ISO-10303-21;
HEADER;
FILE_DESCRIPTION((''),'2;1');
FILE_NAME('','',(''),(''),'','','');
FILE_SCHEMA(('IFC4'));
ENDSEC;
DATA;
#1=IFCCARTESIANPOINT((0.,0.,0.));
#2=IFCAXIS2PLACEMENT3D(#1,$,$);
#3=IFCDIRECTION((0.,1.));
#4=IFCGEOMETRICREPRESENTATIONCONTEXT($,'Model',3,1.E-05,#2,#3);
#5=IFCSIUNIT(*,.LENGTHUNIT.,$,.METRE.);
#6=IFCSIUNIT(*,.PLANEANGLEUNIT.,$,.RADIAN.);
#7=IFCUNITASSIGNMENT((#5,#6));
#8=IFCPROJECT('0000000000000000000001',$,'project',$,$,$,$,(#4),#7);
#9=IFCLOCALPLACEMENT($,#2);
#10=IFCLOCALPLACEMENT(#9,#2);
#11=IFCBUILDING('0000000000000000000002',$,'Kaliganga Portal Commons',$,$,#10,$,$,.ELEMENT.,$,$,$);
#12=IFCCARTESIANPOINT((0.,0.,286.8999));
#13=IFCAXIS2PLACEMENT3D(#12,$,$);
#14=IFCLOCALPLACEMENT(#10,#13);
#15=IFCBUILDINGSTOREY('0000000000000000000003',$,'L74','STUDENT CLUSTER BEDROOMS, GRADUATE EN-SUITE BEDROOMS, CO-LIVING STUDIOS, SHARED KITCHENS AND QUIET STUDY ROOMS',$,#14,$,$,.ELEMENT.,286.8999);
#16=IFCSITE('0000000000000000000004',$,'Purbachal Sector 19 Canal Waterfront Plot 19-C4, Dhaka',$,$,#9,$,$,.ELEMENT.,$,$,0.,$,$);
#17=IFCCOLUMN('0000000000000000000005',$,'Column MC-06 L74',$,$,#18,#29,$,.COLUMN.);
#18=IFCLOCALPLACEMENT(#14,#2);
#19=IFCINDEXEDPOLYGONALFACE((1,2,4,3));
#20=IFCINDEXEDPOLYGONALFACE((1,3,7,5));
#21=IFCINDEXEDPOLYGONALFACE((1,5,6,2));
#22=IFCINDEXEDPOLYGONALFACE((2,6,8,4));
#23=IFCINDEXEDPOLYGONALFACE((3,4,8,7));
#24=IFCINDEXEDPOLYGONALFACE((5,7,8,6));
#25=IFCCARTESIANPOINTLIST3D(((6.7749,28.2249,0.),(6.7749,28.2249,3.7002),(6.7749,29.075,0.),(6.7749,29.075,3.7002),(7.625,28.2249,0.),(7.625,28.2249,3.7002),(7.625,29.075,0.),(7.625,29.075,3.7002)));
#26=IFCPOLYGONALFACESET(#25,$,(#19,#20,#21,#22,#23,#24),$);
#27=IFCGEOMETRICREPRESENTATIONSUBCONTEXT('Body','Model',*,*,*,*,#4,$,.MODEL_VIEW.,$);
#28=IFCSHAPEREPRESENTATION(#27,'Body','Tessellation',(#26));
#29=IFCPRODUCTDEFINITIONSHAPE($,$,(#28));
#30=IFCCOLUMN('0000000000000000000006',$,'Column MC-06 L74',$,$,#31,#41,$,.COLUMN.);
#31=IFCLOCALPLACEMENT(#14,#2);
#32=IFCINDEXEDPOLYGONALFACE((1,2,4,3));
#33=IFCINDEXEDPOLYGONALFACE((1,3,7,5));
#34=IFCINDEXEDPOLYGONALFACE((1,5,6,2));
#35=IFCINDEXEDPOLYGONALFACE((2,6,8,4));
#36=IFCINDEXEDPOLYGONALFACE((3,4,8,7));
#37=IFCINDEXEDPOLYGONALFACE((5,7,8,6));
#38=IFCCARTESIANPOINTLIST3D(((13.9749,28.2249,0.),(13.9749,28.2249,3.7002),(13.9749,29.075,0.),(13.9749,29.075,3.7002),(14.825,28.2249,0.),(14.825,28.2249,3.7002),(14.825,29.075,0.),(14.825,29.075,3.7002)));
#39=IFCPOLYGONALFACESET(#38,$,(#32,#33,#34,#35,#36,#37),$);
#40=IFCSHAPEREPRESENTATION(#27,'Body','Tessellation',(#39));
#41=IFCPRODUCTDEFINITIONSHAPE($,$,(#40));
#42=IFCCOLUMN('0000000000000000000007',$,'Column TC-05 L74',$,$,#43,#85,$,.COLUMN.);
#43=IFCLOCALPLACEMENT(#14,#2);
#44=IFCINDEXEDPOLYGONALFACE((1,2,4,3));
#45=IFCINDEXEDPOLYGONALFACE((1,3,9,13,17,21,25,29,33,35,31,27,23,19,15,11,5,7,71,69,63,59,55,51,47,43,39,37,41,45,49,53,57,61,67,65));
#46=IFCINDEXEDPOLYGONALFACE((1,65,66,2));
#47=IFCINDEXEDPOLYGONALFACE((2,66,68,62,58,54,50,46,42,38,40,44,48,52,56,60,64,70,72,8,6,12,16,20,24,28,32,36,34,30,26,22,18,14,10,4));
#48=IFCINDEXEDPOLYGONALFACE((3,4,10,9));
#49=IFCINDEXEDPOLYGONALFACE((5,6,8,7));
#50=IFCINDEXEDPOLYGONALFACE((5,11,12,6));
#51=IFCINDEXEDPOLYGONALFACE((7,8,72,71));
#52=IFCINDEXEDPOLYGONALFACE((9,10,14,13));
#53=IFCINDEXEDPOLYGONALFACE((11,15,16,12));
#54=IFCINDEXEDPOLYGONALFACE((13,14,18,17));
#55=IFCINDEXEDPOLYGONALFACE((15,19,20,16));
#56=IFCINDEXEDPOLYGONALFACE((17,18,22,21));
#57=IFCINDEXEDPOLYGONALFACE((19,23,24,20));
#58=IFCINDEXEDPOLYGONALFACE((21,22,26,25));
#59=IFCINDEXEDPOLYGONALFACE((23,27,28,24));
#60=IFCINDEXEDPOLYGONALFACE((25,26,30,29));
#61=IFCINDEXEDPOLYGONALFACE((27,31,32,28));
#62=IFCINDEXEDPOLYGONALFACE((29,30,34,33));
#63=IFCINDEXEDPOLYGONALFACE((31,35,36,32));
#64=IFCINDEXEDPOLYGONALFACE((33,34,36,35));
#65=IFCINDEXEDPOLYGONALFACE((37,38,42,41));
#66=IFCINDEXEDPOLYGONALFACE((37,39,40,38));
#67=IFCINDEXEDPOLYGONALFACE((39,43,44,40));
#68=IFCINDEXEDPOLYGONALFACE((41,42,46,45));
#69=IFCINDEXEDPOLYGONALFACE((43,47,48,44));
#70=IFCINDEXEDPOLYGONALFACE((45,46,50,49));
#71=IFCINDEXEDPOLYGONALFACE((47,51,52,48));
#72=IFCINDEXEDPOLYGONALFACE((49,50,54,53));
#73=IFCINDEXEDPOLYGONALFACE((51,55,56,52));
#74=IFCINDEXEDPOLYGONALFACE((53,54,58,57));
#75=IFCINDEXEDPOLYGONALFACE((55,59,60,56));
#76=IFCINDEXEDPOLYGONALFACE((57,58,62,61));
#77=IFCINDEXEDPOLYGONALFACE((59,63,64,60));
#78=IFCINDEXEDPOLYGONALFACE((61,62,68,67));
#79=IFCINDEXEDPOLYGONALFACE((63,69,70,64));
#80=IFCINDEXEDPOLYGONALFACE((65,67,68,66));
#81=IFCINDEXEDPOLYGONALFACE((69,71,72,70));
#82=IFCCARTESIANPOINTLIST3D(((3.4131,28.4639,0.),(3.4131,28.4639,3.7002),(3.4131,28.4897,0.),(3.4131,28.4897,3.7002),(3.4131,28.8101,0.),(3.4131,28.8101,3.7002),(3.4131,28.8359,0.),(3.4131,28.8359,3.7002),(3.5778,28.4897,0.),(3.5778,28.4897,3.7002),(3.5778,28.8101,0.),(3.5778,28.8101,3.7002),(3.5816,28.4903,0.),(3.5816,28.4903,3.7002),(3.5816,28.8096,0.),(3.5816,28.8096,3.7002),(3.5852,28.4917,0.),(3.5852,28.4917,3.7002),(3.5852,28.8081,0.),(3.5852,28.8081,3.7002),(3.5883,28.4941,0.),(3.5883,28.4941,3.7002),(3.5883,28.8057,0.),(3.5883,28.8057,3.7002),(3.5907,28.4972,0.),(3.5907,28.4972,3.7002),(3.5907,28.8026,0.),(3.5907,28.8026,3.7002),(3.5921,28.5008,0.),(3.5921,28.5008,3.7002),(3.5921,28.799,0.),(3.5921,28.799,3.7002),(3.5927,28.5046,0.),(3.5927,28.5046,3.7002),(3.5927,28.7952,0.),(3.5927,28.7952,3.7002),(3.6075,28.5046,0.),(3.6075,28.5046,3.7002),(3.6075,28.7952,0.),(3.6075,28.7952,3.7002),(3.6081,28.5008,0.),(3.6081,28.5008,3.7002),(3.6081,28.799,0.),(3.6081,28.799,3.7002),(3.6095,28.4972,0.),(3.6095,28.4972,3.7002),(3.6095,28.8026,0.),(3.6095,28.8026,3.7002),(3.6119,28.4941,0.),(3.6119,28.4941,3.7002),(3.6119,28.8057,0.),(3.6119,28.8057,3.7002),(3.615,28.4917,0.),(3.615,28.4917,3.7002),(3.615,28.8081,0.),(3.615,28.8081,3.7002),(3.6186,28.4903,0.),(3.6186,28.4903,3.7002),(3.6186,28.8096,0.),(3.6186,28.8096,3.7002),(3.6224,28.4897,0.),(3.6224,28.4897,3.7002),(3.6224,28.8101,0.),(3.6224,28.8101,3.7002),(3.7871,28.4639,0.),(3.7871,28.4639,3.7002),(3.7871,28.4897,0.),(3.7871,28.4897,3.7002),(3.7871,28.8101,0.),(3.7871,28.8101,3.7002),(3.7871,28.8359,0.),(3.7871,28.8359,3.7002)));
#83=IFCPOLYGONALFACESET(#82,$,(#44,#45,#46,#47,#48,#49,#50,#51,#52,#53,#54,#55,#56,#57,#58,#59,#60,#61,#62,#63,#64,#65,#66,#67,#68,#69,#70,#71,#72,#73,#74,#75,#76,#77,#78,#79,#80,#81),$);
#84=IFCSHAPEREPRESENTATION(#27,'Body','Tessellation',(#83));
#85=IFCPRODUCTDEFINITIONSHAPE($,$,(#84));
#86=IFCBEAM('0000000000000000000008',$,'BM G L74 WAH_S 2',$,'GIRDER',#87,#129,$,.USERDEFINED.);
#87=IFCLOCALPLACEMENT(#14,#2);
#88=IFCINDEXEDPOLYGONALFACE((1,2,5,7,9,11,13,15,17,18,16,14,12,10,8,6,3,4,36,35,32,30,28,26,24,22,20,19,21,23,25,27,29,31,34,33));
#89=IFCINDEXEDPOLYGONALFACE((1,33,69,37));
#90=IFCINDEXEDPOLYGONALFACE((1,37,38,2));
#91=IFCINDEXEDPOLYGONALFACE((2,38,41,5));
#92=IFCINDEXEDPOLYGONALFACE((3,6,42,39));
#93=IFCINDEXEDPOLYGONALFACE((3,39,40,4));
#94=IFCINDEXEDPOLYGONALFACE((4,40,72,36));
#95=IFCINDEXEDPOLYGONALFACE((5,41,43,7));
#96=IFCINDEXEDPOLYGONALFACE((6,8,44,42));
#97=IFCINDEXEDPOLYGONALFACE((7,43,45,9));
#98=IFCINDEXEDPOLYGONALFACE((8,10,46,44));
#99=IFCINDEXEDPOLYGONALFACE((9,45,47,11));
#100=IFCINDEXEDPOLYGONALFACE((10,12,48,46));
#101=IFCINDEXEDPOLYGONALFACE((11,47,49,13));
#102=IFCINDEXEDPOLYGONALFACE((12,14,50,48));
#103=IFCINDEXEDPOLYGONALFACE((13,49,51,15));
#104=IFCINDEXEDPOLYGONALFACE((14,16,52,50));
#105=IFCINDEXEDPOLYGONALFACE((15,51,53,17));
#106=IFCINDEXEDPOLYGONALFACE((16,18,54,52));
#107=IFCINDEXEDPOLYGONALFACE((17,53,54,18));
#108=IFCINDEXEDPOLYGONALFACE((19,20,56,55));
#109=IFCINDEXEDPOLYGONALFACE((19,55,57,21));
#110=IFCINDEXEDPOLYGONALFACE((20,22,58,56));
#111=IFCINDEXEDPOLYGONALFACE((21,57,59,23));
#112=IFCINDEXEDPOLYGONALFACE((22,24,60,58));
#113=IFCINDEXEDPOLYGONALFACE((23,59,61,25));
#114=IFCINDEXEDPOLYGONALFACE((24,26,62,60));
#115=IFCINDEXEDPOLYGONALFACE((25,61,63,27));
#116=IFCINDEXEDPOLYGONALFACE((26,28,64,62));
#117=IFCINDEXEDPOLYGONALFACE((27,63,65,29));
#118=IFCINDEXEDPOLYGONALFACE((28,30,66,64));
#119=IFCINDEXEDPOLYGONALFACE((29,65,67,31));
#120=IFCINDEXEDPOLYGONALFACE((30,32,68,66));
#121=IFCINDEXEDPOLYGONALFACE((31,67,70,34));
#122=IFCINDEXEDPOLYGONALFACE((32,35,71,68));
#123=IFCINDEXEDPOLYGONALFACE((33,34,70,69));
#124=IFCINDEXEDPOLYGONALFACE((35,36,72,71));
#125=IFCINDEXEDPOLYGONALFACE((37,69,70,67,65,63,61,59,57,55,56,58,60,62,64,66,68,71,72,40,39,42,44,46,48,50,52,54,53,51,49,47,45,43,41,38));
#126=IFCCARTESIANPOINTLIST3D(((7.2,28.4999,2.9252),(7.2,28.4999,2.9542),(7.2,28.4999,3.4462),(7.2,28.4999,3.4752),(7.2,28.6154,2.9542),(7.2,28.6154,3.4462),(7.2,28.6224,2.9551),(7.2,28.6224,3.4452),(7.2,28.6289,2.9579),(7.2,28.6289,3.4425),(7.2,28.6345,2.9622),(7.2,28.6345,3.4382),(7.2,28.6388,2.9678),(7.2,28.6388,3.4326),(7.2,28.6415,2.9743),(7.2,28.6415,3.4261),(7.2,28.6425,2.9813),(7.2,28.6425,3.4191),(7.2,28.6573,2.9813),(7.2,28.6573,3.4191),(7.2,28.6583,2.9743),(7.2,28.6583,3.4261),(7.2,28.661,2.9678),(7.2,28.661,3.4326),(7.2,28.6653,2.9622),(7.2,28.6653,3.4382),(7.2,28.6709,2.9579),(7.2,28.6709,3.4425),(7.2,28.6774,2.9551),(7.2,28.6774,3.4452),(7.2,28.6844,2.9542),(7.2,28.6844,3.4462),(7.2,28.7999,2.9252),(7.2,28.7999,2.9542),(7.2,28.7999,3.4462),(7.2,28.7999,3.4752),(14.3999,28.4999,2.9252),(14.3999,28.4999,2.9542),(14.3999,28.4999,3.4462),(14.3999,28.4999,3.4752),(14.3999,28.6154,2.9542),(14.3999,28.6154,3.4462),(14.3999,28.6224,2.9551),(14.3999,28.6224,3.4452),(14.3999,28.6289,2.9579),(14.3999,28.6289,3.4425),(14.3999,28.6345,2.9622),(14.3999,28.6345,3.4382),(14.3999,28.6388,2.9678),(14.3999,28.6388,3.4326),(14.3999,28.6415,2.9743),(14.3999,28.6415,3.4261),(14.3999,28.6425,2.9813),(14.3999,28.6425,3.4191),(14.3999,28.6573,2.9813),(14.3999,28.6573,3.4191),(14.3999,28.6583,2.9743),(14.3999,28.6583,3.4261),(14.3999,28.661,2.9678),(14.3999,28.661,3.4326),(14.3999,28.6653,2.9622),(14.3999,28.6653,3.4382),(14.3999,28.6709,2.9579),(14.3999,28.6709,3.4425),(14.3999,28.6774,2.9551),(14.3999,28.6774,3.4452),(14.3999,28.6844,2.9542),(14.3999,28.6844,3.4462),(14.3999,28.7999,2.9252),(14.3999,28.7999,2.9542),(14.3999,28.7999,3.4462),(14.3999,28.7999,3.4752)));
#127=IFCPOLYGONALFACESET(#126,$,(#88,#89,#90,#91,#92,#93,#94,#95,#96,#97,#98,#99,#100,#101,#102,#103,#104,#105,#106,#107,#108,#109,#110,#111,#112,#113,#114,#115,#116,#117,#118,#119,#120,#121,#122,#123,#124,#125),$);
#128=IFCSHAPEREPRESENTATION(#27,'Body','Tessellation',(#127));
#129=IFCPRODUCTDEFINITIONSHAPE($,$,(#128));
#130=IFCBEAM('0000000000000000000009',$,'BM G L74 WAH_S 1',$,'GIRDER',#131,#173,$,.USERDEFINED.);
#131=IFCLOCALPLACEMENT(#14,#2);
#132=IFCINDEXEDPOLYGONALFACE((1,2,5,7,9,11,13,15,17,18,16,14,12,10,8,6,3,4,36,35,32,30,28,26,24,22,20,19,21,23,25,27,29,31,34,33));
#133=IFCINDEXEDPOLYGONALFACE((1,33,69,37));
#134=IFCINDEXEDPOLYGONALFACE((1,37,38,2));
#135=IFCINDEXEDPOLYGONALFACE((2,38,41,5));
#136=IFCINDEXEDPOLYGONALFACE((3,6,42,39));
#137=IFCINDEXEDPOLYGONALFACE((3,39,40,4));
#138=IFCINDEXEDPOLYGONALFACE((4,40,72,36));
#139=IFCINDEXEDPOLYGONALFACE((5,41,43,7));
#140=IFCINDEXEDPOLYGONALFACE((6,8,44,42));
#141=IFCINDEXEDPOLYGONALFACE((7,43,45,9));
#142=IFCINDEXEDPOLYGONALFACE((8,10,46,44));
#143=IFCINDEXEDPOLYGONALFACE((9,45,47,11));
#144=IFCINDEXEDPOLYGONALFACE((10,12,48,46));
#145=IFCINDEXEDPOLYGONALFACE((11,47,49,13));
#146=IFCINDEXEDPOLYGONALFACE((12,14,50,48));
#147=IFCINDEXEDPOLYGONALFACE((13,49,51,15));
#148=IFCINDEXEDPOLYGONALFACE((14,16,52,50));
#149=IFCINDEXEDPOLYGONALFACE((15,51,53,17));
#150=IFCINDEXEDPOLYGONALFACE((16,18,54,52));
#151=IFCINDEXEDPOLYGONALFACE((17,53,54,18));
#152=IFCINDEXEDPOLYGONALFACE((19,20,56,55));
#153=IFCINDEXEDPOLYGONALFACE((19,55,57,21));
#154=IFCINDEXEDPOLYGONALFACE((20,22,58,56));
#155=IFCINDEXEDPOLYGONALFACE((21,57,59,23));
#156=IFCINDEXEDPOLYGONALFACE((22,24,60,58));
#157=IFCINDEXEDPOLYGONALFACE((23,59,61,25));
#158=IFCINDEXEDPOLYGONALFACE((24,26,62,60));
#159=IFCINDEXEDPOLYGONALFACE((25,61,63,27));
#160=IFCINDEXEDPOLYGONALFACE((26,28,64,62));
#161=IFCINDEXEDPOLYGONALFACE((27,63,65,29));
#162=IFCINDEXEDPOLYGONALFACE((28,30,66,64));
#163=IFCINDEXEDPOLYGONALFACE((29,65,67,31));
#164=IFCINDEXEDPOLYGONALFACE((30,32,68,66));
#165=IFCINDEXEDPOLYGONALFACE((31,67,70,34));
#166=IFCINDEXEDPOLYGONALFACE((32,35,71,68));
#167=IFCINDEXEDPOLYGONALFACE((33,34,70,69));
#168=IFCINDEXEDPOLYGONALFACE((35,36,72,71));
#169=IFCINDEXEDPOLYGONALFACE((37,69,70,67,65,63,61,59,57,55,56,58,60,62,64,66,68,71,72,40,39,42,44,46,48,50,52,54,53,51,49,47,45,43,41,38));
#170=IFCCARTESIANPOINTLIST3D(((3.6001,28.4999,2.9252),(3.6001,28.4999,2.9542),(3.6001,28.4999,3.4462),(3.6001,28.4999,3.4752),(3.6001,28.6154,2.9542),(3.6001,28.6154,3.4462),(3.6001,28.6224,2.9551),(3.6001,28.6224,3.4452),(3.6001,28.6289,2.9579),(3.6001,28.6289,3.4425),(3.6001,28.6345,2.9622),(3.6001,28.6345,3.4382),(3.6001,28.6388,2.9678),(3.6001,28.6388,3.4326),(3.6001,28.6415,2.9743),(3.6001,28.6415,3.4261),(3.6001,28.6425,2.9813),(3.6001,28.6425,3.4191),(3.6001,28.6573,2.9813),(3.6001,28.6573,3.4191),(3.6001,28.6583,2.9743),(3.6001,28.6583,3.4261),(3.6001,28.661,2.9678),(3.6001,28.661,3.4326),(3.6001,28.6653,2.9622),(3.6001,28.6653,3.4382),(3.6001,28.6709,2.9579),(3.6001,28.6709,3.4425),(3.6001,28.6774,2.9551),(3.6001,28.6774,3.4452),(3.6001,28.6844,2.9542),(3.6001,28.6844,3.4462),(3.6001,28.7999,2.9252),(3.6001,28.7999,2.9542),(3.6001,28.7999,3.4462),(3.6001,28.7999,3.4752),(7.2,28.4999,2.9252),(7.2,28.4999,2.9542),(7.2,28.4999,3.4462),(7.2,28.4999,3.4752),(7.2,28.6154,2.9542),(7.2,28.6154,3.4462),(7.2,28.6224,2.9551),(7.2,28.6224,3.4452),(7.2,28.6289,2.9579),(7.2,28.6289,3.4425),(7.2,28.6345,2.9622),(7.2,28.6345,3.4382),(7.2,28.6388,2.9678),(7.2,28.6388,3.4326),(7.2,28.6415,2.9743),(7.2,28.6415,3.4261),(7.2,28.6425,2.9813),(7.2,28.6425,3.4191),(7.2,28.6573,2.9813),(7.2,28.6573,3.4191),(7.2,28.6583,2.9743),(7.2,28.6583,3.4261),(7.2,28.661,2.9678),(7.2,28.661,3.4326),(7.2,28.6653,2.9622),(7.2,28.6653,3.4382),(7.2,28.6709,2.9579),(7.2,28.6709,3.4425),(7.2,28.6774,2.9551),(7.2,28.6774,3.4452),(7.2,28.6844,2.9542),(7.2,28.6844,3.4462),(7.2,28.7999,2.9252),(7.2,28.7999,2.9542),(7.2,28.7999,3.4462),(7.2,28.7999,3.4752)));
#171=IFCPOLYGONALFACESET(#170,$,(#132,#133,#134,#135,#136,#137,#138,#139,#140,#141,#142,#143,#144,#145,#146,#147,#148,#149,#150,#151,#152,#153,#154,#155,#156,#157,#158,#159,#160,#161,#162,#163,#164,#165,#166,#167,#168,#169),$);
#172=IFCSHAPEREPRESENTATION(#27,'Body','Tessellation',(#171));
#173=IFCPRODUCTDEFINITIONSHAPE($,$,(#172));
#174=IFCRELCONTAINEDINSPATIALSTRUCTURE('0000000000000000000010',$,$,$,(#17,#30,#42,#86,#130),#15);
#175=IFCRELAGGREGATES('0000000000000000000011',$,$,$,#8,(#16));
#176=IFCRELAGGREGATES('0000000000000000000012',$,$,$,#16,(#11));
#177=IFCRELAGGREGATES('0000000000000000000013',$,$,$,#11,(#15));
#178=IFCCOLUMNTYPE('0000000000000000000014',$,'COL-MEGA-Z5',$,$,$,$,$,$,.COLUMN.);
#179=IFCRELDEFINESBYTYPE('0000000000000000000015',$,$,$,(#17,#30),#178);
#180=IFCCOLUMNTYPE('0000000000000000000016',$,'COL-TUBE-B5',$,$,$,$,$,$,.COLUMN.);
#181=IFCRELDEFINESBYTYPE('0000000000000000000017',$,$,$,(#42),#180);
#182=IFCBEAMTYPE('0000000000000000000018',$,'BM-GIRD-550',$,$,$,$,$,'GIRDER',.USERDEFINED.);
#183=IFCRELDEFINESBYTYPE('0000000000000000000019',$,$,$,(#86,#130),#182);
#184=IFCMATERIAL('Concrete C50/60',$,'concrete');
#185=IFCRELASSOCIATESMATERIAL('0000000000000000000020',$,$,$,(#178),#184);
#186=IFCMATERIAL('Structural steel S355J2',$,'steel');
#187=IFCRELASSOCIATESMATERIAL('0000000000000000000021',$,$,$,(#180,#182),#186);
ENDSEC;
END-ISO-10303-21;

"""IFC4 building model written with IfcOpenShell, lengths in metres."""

from ifc_helpers import new_model, si_unit, direction, frame, origin, origin_2d, place, context, subcontext, project, spatial, rectangle, i_section, extrude, source, transform, mapped, material, material_profile, profile_set, type_object, element, save


model = new_model("IFC4")

# Units and contexts
model_context = context("Model", 3, precision=1e-05, world=origin(), true_north=direction((0.0, 1.0)))
body_context = subcontext(model_context, "Body", "Model", "MODEL_VIEW")
ifc_project = project(units=[si_unit("LENGTHUNIT", "METRE"), si_unit("PLANEANGLEUNIT", "RADIAN")], contexts=[model_context])

# Site, building, storey
site_placement = place(None, origin())
site = spatial("IfcSite", under=ifc_project, at=site_placement, Name="Purbachal Sector 19 Canal Waterfront Plot 19-C4, Dhaka", CompositionType="ELEMENT", RefElevation=0.0)
building_placement = place(site_placement, origin())
building = spatial("IfcBuilding", under=site, at=building_placement, Name="Kaliganga Portal Commons", CompositionType="ELEMENT")
storey_placement = place(building_placement, frame((0.0, 0.0, 286.8999)))
storey = spatial("IfcBuildingStorey", under=building, at=storey_placement, Name="L74", Description="STUDENT CLUSTER BEDROOMS, GRADUATE EN-SUITE BEDROOMS, CO-LIVING STUDIOS, SHARED KITCHENS AND QUIET STUDY ROOMS", CompositionType="ELEMENT", Elevation=286.8999)

# Columns
ifc_material_1 = material(Name="Concrete C50/60", Category="concrete")
ifc_material_profile_1 = material_profile(ifc_material_1, rectangle(XDim=0.8501, YDim=0.8501, at=origin_2d()), Name="RC 850x850")
ifc_profile_set_1 = profile_set([ifc_material_profile_1], Name="Concrete C50/60")
column_type_1 = type_object("IfcColumnType", Name="COL-MEGA-Z5", PredefinedType="COLUMN", material=ifc_profile_set_1)
shared_shape_1 = source(origin(), body_context, "Body", "SweptSolid", [
    extrude(rectangle(XDim=0.8501, YDim=0.8501, at=origin_2d()), origin(), (0.0, 0.0, 1.0), 3.7002),
])
for number, where, z_axis, x_axis, name in (
    (1, (7.2, 28.6499, 0.0), (0.0, 0.0, 1.0), (1.0, 0.0, 0.0), "Column MC-06 L74"),
    (2, (14.3999, 28.6499, 0.0), (0.0, 0.0, 1.0), (1.0, 0.0, 0.0), "Column MC-06 L74"),
):
    element("IfcColumn", number, at=place(storey_placement, frame(where, z_axis=z_axis, x_axis=x_axis)), inside=storey, type_object=column_type_1, Name=name, PredefinedType="COLUMN", context=body_context, shape_type="MappedRepresentation", body=[
        mapped(shared_shape_1, transform((0.0, 0.0, 0.0), x_axis=(1.0, 0.0, 0.0), y_axis=(0.0, 1.0, 0.0), z_axis=(0.0, 0.0, 1.0), scale=1.0)),
    ])
ifc_material_2 = material(Name="Structural steel S355J2", Category="steel")
ifc_material_profile_2 = material_profile(ifc_material_2, i_section(OverallWidth=0.374, OverallDepth=0.3721, WebThickness=0.0149, FlangeThickness=0.0259, FilletRadius=0.0149, at=origin_2d()), Name="HD 360x196")
ifc_profile_set_2 = profile_set([ifc_material_profile_2], Name="Structural steel S355J2 wide-flange")
column_type_2 = type_object("IfcColumnType", Name="COL-TUBE-B5", PredefinedType="COLUMN", material=ifc_profile_set_2)
shared_shape_2 = source(origin(), body_context, "Body", "SweptSolid", [
    extrude(i_section(OverallWidth=0.374, OverallDepth=0.3721, WebThickness=0.0149, FlangeThickness=0.0259, FilletRadius=0.0149, at=origin_2d()), origin(), (0.0, 0.0, 1.0), 3.7002),
])
column_placement = place(storey_placement, frame((3.6001, 28.6499, 0.0), z_axis=(0.0, 0.0, 1.0), x_axis=(1.0, 0.0, 0.0)))
element("IfcColumn", 3, at=column_placement, inside=storey, type_object=column_type_2, Name="Column TC-05 L74", PredefinedType="COLUMN", context=body_context, shape_type="MappedRepresentation", body=[
    mapped(shared_shape_2, transform((0.0, 0.0, 0.0), x_axis=(1.0, 0.0, 0.0), y_axis=(0.0, 1.0, 0.0), z_axis=(0.0, 0.0, 1.0), scale=1.0)),
])

# Beams
ifc_material_profile_3 = material_profile(ifc_material_2, i_section(OverallWidth=0.3, OverallDepth=0.55, WebThickness=0.0149, FlangeThickness=0.0291, FilletRadius=0.0271, at=origin_2d()), Name="HE 550 B")
ifc_profile_set_3 = profile_set([ifc_material_profile_3], Name="Structural steel S355J2 wide-flange")
beam_type_1 = type_object("IfcBeamType", Name="BM-GIRD-550", ElementType="GIRDER", PredefinedType="USERDEFINED", material=ifc_profile_set_3)
shared_shape_3 = source(origin(), body_context, "Body", "SweptSolid", [
    extrude(i_section(OverallWidth=0.3, OverallDepth=0.55, WebThickness=0.0149, FlangeThickness=0.0291, FilletRadius=0.0271, at=origin_2d()), origin(), (0.0, 0.0, 1.0), 7.2),
])
beam_1_placement = place(storey_placement, frame((7.2, 28.6499, 3.2002), z_axis=(1.0, 0.0, 0.0), x_axis=(0.0, 1.0, 0.0)))
element("IfcBeam", 4, at=beam_1_placement, inside=storey, type_object=beam_type_1, Name="BM G L74 WAH_S 2", ObjectType="GIRDER", PredefinedType="USERDEFINED", context=body_context, shape_type="MappedRepresentation", body=[
    mapped(shared_shape_3, transform((0.0, 0.0, 0.0), x_axis=(1.0, 0.0, 0.0), y_axis=(0.0, 1.0, 0.0), z_axis=(0.0, 0.0, 1.0), scale=1.0)),
])
shared_shape_4 = source(origin(), body_context, "Body", "SweptSolid", [
    extrude(i_section(OverallWidth=0.3, OverallDepth=0.55, WebThickness=0.0149, FlangeThickness=0.0291, FilletRadius=0.0271, at=origin_2d()), origin(), (0.0, 0.0, 1.0), 3.5999),
])
beam_2_placement = place(storey_placement, frame((3.6001, 28.6499, 3.2002), z_axis=(1.0, 0.0, 0.0), x_axis=(0.0, 1.0, 0.0)))
element("IfcBeam", 5, at=beam_2_placement, inside=storey, type_object=beam_type_1, Name="BM G L74 WAH_S 1", ObjectType="GIRDER", PredefinedType="USERDEFINED", context=body_context, shape_type="MappedRepresentation", body=[
    mapped(shared_shape_4, transform((0.0, 0.0, 0.0), x_axis=(1.0, 0.0, 0.0), y_axis=(0.0, 1.0, 0.0), z_axis=(0.0, 0.0, 1.0), scale=1.0)),
])

save(model, "model.ifc")
